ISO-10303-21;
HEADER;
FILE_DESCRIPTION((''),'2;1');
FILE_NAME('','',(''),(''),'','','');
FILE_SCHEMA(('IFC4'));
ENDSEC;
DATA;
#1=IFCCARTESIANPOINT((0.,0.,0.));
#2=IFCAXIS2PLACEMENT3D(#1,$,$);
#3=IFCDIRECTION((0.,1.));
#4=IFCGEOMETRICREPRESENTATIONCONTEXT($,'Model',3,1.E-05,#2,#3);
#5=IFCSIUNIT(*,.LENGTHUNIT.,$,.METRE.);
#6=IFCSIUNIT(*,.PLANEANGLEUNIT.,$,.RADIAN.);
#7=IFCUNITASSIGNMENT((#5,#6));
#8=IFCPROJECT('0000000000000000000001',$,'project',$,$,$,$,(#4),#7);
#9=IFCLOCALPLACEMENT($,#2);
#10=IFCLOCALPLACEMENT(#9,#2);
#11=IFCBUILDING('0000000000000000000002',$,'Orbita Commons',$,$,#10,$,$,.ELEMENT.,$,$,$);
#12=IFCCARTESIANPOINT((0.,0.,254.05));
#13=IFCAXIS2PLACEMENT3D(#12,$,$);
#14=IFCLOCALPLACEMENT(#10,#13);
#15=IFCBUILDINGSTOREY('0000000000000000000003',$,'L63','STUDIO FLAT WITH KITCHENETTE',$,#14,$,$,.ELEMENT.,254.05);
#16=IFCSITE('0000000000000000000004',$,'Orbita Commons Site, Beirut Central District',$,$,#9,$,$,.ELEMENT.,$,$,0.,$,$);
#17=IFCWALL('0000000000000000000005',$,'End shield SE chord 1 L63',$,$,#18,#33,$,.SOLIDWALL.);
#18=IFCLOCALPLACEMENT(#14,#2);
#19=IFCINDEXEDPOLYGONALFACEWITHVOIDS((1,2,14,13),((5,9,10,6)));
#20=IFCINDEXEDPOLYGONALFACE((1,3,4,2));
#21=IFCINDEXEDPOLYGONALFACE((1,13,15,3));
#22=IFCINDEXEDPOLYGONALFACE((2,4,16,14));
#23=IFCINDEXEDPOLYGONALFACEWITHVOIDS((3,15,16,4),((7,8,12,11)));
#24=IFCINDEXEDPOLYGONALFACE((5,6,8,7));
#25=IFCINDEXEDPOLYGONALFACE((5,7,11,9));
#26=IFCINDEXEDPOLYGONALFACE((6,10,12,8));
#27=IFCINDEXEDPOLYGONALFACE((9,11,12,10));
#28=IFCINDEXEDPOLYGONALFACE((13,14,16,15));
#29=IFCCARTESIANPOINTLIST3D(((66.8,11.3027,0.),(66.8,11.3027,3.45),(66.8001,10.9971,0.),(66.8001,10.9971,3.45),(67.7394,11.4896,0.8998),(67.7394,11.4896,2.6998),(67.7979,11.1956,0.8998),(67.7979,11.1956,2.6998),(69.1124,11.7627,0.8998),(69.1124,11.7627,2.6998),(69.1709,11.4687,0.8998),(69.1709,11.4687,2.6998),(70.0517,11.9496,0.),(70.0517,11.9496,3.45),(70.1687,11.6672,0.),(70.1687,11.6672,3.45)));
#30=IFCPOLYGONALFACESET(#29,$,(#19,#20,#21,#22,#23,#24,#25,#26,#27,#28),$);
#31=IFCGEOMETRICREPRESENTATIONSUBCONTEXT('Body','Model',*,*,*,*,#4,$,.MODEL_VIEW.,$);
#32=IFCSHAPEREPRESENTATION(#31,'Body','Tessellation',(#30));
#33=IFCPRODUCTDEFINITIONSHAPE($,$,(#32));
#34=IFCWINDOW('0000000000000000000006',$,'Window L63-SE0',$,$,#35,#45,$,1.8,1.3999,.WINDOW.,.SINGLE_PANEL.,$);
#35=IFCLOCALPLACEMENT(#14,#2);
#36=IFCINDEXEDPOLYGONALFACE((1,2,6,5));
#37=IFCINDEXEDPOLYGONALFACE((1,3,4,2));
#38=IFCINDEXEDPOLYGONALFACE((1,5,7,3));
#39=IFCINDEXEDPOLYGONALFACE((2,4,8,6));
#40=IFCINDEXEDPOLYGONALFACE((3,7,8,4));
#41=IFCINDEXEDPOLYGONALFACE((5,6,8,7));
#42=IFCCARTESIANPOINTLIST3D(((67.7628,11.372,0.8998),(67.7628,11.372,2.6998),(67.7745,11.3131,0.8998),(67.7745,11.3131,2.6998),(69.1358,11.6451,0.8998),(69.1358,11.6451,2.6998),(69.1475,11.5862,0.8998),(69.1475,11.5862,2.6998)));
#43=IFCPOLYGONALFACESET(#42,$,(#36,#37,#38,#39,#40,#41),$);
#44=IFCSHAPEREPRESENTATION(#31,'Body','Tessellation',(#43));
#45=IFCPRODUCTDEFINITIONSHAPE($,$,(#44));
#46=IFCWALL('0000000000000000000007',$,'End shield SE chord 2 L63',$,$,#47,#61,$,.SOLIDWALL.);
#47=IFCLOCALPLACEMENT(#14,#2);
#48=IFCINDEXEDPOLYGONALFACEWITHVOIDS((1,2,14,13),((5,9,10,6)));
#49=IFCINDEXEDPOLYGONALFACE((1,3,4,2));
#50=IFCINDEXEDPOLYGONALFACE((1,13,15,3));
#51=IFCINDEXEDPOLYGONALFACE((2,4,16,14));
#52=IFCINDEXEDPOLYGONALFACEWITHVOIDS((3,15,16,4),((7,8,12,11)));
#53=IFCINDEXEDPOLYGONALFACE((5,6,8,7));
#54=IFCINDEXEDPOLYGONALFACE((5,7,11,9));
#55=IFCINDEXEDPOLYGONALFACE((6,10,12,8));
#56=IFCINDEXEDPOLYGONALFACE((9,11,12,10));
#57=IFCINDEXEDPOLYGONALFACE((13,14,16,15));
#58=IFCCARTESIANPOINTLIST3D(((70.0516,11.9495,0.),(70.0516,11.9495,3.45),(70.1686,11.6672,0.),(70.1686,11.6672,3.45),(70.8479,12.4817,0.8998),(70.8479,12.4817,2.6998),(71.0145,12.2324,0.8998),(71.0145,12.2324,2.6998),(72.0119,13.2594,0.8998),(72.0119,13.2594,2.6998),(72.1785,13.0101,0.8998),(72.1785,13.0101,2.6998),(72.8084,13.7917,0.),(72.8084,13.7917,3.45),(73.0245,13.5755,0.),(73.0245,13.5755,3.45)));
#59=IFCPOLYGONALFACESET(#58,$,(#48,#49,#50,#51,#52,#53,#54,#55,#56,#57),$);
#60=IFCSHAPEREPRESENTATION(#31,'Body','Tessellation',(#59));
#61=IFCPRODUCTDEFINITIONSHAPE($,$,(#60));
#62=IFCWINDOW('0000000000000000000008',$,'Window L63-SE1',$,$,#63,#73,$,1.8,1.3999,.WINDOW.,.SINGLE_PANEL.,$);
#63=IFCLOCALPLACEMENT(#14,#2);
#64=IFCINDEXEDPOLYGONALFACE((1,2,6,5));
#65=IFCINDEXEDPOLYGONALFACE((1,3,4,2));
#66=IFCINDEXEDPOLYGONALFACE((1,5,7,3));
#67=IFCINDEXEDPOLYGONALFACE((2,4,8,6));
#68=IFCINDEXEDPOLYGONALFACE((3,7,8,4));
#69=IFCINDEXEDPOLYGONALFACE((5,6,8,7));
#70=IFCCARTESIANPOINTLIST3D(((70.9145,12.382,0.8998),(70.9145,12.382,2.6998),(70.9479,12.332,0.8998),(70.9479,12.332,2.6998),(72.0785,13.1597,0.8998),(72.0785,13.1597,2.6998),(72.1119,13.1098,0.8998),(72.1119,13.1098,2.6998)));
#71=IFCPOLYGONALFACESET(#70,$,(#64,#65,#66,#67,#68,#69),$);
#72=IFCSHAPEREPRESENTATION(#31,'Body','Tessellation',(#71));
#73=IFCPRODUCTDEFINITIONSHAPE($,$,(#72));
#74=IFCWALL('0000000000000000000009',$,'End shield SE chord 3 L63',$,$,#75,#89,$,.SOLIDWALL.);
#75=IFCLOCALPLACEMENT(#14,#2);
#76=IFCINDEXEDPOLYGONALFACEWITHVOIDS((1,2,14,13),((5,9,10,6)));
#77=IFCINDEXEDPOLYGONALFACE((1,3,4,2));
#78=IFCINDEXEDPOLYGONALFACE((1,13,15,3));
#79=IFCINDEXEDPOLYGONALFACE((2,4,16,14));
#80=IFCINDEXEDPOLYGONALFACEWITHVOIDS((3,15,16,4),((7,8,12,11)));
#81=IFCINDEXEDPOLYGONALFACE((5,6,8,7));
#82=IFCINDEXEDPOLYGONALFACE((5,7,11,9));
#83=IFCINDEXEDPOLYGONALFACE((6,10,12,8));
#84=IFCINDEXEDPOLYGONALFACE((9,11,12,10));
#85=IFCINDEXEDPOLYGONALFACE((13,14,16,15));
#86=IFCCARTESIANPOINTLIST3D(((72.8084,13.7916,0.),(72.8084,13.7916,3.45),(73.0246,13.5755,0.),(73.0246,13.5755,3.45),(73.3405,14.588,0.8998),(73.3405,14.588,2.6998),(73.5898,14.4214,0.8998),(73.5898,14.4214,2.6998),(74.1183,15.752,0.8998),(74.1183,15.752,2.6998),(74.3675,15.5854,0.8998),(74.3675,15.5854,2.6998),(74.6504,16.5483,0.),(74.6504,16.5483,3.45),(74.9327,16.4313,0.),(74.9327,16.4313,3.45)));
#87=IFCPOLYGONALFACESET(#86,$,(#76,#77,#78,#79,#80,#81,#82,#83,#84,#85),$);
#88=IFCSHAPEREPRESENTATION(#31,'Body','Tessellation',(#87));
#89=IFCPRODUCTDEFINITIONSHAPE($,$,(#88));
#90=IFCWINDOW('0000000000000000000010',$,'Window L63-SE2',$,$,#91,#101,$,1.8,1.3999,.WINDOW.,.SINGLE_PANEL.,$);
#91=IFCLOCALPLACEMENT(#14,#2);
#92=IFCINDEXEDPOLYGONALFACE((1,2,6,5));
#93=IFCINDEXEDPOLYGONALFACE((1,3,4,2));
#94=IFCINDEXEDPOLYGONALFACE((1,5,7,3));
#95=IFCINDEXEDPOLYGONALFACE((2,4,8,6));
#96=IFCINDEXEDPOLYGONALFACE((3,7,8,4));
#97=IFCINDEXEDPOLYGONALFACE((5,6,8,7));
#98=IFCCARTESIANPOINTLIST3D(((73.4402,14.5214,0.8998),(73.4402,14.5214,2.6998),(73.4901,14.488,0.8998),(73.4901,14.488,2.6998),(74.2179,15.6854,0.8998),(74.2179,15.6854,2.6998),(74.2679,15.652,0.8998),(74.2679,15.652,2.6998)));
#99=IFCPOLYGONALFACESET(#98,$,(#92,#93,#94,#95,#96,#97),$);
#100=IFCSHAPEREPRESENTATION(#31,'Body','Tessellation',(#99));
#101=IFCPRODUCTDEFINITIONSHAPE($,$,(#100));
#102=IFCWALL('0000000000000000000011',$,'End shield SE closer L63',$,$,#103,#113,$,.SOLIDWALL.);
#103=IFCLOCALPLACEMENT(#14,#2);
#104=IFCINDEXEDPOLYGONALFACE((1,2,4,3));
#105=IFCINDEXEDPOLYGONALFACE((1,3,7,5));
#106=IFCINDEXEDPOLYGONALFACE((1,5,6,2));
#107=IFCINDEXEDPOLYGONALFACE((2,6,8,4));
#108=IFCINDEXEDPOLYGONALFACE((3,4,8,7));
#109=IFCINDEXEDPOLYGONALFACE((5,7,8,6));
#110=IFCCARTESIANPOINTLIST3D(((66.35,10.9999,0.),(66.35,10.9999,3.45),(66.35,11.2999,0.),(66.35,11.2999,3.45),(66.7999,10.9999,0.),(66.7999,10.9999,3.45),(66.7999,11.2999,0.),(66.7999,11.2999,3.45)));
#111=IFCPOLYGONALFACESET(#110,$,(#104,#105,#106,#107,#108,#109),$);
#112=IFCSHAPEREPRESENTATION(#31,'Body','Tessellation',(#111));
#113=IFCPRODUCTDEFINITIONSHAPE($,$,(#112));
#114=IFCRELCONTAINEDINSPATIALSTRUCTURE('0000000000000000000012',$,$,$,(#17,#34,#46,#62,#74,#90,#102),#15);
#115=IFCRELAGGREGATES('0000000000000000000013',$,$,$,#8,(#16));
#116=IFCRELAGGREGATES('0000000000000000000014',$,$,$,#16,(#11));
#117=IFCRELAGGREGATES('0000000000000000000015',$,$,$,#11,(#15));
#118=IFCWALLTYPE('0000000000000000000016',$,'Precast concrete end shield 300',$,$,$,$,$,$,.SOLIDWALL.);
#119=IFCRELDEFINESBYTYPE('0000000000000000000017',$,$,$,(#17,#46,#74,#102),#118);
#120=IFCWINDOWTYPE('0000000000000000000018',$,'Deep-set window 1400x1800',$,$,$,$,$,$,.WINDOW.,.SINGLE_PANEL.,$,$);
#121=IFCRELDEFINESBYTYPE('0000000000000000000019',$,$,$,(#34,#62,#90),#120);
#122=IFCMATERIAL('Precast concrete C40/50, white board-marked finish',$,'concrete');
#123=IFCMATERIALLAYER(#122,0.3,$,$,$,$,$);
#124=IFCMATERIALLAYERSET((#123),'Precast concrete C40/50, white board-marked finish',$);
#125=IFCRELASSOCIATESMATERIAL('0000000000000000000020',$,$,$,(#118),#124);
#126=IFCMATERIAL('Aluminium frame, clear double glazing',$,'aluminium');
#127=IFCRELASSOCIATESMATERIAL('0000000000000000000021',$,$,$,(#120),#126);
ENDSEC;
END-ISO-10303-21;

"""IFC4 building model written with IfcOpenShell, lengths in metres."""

from ifc_helpers import new_model, si_unit, direction, frame, frame_2d, origin, place, context, subcontext, project, spatial, polyline, rectangle, outline, extrude, material, layer, layer_set, type_object, element, fill, save


model = new_model("IFC4")

# Units and contexts
model_context = context("Model", 3, precision=1e-05, world=origin(), true_north=direction((0.0, 1.0)))
body_context = subcontext(model_context, "Body", "Model", "MODEL_VIEW")
ifc_project = project(units=[si_unit("LENGTHUNIT", "METRE"), si_unit("PLANEANGLEUNIT", "RADIAN")], contexts=[model_context])

# Site, building, storey
site_placement = place(None, origin())
site = spatial("IfcSite", under=ifc_project, at=site_placement, Name="Orbita Commons Site, Beirut Central District", CompositionType="ELEMENT", RefElevation=0.0)
building_placement = place(site_placement, origin())
building = spatial("IfcBuilding", under=site, at=building_placement, Name="Orbita Commons", CompositionType="ELEMENT")
storey_placement = place(building_placement, frame((0.0, 0.0, 254.05)))
storey = spatial("IfcBuildingStorey", under=building, at=storey_placement, Name="L63", Description="STUDIO FLAT WITH KITCHENETTE", CompositionType="ELEMENT", Elevation=254.05)

# Walls, openings, windows
ifc_material_1 = material(Name="Precast concrete C40/50, white board-marked finish", Category="concrete")
ifc_layer_1 = layer(ifc_material_1, 0.3)
ifc_layer_set_1 = layer_set([ifc_layer_1], Name="Precast concrete C40/50, white board-marked finish")
wall_type_1 = type_object("IfcWallType", Name="Precast concrete end shield 300", PredefinedType="SOLIDWALL", material=ifc_layer_set_1)
wall_1_placement = place(storey_placement, frame((66.8, 11.1499, 0.0), z_axis=(0.0, 0.0, 1.0), x_axis=(0.980783, 0.1951, 0.0)))
wall_1 = element("IfcWall", 1, at=wall_1_placement, inside=storey, type_object=wall_type_1, Name="End shield SE chord 1 L63", PredefinedType="SOLIDWALL", context=body_context, shape_type="SweptSolid", body=[
    extrude(outline(polyline([(-0.0298, -0.1499), (3.4048, -0.1499), (3.3452, 0.1499), (0.0298, 0.1499), (-0.0298, -0.1499)])), origin(), (0.0, 0.0, 1.0), 3.45),
])
opening_1_placement = place(wall_1_placement, frame((0.9875, 0.0, 0.8999)))
opening_1 = element("IfcOpeningElement", 2, at=opening_1_placement, cuts=wall_1, PredefinedType="OPENING", context=body_context, shape_type="SweptSolid", body=[
    extrude(rectangle(XDim=1.3999, YDim=1.8, at=frame_2d((0.7, 0.8999))), frame((0.0, 0.1599, 0.0), z_axis=(0.0, -1.0, 0.0), x_axis=(1.0, 0.0, 0.0)), (0.0, 0.0, 1.0), 0.3201),
])
ifc_material_2 = material(Name="Aluminium frame, clear double glazing", Category="aluminium")
window_type = type_object("IfcWindowType", Name="Deep-set window 1400x1800", PartitioningType="SINGLE_PANEL", PredefinedType="WINDOW", material=ifc_material_2)
window_1_placement = place(opening_1_placement, origin())
window_1 = element("IfcWindow", 3, at=window_1_placement, inside=storey, type_object=window_type, Name="Window L63-SE0", OverallHeight=1.8, OverallWidth=1.3999, PartitioningType="SINGLE_PANEL", PredefinedType="WINDOW", context=body_context, shape_type="SweptSolid", body=[
    extrude(rectangle(XDim=1.3999, YDim=1.8, at=frame_2d((0.7, 0.8999))), frame((0.0, 0.03, 0.0), z_axis=(0.0, -1.0, 0.0), x_axis=(1.0, 0.0, 0.0)), (0.0, 0.0, 1.0), 0.0601),
])
fill(opening_1, window_1)
wall_2_placement = place(storey_placement, frame((70.1101, 11.8083, 0.0), z_axis=(0.0, 0.0, 1.0), x_axis=(0.83146, 0.555585, 0.0)))
wall_2 = element("IfcWall", 4, at=wall_2_placement, inside=storey, type_object=wall_type_1, Name="End shield SE chord 2 L63", PredefinedType="SOLIDWALL", context=body_context, shape_type="SweptSolid", body=[
    extrude(outline(polyline([(-0.0298, -0.1499), (3.405, -0.1499), (3.3455, 0.1499), (0.0298, 0.1499), (-0.0298, -0.1499)])), origin(), (0.0, 0.0, 1.0), 3.45),
])
opening_2_placement = place(wall_2_placement, frame((0.9875, 0.0, 0.8999)))
opening_2 = element("IfcOpeningElement", 5, at=opening_2_placement, cuts=wall_2, PredefinedType="OPENING", context=body_context, shape_type="SweptSolid", body=[
    extrude(rectangle(XDim=1.3999, YDim=1.8, at=frame_2d((0.7, 0.8999))), frame((0.0, 0.1599, 0.0), z_axis=(0.0, -1.0, 0.0), x_axis=(1.0, 0.0, 0.0)), (0.0, 0.0, 1.0), 0.3201),
])
window_2_placement = place(opening_2_placement, origin())
window_2 = element("IfcWindow", 6, at=window_2_placement, inside=storey, type_object=window_type, Name="Window L63-SE1", OverallHeight=1.8, OverallWidth=1.3999, PartitioningType="SINGLE_PANEL", PredefinedType="WINDOW", context=body_context, shape_type="SweptSolid", body=[
    extrude(rectangle(XDim=1.3999, YDim=1.8, at=frame_2d((0.7, 0.8999))), frame((0.0, 0.03, 0.0), z_axis=(0.0, -1.0, 0.0), x_axis=(1.0, 0.0, 0.0)), (0.0, 0.0, 1.0), 0.0601),
])
fill(opening_2, window_2)
wall_3_placement = place(storey_placement, frame((72.9165, 13.6836, 0.0), z_axis=(0.0, 0.0, 1.0), x_axis=(0.555568, 0.831471, 0.0)))
wall_3 = element("IfcWall", 7, at=wall_3_placement, inside=storey, type_object=wall_type_1, Name="End shield SE chord 3 L63", PredefinedType="SOLIDWALL", context=body_context, shape_type="SweptSolid", body=[
    extrude(outline(polyline([(-0.0298, -0.1499), (3.4048, -0.1499), (3.3452, 0.1499), (0.0298, 0.1499), (-0.0298, -0.1499)])), origin(), (0.0, 0.0, 1.0), 3.45),
])
opening_3_placement = place(wall_3_placement, frame((0.9875, 0.0, 0.8999)))
opening_3 = element("IfcOpeningElement", 8, at=opening_3_placement, cuts=wall_3, PredefinedType="OPENING", context=body_context, shape_type="SweptSolid", body=[
    extrude(rectangle(XDim=1.3999, YDim=1.8, at=frame_2d((0.7, 0.8999))), frame((0.0, 0.1599, 0.0), z_axis=(0.0, -1.0, 0.0), x_axis=(1.0, 0.0, 0.0)), (0.0, 0.0, 1.0), 0.3201),
])
window_3_placement = place(opening_3_placement, origin())
window_3 = element("IfcWindow", 9, at=window_3_placement, inside=storey, type_object=window_type, Name="Window L63-SE2", OverallHeight=1.8, OverallWidth=1.3999, PartitioningType="SINGLE_PANEL", PredefinedType="WINDOW", context=body_context, shape_type="SweptSolid", body=[
    extrude(rectangle(XDim=1.3999, YDim=1.8, at=frame_2d((0.7, 0.8999))), frame((0.0, 0.03, 0.0), z_axis=(0.0, -1.0, 0.0), x_axis=(1.0, 0.0, 0.0)), (0.0, 0.0, 1.0), 0.0601),
])
fill(opening_3, window_3)

# Wall
wall_4_placement = place(storey_placement, frame((66.8, 11.1499, 0.0), z_axis=(0.0, 0.0, 1.0), x_axis=(-1.0, 0.0, 0.0)))
element("IfcWall", 10, at=wall_4_placement, inside=storey, type_object=wall_type_1, Name="End shield SE closer L63", PredefinedType="SOLIDWALL", context=body_context, shape_type="SweptSolid", body=[
    extrude(rectangle(XDim=0.45, YDim=0.3, at=frame_2d((0.2251, 0.0))), origin(), (0.0, 0.0, 1.0), 3.45),
])

save(model, "model.ifc")
